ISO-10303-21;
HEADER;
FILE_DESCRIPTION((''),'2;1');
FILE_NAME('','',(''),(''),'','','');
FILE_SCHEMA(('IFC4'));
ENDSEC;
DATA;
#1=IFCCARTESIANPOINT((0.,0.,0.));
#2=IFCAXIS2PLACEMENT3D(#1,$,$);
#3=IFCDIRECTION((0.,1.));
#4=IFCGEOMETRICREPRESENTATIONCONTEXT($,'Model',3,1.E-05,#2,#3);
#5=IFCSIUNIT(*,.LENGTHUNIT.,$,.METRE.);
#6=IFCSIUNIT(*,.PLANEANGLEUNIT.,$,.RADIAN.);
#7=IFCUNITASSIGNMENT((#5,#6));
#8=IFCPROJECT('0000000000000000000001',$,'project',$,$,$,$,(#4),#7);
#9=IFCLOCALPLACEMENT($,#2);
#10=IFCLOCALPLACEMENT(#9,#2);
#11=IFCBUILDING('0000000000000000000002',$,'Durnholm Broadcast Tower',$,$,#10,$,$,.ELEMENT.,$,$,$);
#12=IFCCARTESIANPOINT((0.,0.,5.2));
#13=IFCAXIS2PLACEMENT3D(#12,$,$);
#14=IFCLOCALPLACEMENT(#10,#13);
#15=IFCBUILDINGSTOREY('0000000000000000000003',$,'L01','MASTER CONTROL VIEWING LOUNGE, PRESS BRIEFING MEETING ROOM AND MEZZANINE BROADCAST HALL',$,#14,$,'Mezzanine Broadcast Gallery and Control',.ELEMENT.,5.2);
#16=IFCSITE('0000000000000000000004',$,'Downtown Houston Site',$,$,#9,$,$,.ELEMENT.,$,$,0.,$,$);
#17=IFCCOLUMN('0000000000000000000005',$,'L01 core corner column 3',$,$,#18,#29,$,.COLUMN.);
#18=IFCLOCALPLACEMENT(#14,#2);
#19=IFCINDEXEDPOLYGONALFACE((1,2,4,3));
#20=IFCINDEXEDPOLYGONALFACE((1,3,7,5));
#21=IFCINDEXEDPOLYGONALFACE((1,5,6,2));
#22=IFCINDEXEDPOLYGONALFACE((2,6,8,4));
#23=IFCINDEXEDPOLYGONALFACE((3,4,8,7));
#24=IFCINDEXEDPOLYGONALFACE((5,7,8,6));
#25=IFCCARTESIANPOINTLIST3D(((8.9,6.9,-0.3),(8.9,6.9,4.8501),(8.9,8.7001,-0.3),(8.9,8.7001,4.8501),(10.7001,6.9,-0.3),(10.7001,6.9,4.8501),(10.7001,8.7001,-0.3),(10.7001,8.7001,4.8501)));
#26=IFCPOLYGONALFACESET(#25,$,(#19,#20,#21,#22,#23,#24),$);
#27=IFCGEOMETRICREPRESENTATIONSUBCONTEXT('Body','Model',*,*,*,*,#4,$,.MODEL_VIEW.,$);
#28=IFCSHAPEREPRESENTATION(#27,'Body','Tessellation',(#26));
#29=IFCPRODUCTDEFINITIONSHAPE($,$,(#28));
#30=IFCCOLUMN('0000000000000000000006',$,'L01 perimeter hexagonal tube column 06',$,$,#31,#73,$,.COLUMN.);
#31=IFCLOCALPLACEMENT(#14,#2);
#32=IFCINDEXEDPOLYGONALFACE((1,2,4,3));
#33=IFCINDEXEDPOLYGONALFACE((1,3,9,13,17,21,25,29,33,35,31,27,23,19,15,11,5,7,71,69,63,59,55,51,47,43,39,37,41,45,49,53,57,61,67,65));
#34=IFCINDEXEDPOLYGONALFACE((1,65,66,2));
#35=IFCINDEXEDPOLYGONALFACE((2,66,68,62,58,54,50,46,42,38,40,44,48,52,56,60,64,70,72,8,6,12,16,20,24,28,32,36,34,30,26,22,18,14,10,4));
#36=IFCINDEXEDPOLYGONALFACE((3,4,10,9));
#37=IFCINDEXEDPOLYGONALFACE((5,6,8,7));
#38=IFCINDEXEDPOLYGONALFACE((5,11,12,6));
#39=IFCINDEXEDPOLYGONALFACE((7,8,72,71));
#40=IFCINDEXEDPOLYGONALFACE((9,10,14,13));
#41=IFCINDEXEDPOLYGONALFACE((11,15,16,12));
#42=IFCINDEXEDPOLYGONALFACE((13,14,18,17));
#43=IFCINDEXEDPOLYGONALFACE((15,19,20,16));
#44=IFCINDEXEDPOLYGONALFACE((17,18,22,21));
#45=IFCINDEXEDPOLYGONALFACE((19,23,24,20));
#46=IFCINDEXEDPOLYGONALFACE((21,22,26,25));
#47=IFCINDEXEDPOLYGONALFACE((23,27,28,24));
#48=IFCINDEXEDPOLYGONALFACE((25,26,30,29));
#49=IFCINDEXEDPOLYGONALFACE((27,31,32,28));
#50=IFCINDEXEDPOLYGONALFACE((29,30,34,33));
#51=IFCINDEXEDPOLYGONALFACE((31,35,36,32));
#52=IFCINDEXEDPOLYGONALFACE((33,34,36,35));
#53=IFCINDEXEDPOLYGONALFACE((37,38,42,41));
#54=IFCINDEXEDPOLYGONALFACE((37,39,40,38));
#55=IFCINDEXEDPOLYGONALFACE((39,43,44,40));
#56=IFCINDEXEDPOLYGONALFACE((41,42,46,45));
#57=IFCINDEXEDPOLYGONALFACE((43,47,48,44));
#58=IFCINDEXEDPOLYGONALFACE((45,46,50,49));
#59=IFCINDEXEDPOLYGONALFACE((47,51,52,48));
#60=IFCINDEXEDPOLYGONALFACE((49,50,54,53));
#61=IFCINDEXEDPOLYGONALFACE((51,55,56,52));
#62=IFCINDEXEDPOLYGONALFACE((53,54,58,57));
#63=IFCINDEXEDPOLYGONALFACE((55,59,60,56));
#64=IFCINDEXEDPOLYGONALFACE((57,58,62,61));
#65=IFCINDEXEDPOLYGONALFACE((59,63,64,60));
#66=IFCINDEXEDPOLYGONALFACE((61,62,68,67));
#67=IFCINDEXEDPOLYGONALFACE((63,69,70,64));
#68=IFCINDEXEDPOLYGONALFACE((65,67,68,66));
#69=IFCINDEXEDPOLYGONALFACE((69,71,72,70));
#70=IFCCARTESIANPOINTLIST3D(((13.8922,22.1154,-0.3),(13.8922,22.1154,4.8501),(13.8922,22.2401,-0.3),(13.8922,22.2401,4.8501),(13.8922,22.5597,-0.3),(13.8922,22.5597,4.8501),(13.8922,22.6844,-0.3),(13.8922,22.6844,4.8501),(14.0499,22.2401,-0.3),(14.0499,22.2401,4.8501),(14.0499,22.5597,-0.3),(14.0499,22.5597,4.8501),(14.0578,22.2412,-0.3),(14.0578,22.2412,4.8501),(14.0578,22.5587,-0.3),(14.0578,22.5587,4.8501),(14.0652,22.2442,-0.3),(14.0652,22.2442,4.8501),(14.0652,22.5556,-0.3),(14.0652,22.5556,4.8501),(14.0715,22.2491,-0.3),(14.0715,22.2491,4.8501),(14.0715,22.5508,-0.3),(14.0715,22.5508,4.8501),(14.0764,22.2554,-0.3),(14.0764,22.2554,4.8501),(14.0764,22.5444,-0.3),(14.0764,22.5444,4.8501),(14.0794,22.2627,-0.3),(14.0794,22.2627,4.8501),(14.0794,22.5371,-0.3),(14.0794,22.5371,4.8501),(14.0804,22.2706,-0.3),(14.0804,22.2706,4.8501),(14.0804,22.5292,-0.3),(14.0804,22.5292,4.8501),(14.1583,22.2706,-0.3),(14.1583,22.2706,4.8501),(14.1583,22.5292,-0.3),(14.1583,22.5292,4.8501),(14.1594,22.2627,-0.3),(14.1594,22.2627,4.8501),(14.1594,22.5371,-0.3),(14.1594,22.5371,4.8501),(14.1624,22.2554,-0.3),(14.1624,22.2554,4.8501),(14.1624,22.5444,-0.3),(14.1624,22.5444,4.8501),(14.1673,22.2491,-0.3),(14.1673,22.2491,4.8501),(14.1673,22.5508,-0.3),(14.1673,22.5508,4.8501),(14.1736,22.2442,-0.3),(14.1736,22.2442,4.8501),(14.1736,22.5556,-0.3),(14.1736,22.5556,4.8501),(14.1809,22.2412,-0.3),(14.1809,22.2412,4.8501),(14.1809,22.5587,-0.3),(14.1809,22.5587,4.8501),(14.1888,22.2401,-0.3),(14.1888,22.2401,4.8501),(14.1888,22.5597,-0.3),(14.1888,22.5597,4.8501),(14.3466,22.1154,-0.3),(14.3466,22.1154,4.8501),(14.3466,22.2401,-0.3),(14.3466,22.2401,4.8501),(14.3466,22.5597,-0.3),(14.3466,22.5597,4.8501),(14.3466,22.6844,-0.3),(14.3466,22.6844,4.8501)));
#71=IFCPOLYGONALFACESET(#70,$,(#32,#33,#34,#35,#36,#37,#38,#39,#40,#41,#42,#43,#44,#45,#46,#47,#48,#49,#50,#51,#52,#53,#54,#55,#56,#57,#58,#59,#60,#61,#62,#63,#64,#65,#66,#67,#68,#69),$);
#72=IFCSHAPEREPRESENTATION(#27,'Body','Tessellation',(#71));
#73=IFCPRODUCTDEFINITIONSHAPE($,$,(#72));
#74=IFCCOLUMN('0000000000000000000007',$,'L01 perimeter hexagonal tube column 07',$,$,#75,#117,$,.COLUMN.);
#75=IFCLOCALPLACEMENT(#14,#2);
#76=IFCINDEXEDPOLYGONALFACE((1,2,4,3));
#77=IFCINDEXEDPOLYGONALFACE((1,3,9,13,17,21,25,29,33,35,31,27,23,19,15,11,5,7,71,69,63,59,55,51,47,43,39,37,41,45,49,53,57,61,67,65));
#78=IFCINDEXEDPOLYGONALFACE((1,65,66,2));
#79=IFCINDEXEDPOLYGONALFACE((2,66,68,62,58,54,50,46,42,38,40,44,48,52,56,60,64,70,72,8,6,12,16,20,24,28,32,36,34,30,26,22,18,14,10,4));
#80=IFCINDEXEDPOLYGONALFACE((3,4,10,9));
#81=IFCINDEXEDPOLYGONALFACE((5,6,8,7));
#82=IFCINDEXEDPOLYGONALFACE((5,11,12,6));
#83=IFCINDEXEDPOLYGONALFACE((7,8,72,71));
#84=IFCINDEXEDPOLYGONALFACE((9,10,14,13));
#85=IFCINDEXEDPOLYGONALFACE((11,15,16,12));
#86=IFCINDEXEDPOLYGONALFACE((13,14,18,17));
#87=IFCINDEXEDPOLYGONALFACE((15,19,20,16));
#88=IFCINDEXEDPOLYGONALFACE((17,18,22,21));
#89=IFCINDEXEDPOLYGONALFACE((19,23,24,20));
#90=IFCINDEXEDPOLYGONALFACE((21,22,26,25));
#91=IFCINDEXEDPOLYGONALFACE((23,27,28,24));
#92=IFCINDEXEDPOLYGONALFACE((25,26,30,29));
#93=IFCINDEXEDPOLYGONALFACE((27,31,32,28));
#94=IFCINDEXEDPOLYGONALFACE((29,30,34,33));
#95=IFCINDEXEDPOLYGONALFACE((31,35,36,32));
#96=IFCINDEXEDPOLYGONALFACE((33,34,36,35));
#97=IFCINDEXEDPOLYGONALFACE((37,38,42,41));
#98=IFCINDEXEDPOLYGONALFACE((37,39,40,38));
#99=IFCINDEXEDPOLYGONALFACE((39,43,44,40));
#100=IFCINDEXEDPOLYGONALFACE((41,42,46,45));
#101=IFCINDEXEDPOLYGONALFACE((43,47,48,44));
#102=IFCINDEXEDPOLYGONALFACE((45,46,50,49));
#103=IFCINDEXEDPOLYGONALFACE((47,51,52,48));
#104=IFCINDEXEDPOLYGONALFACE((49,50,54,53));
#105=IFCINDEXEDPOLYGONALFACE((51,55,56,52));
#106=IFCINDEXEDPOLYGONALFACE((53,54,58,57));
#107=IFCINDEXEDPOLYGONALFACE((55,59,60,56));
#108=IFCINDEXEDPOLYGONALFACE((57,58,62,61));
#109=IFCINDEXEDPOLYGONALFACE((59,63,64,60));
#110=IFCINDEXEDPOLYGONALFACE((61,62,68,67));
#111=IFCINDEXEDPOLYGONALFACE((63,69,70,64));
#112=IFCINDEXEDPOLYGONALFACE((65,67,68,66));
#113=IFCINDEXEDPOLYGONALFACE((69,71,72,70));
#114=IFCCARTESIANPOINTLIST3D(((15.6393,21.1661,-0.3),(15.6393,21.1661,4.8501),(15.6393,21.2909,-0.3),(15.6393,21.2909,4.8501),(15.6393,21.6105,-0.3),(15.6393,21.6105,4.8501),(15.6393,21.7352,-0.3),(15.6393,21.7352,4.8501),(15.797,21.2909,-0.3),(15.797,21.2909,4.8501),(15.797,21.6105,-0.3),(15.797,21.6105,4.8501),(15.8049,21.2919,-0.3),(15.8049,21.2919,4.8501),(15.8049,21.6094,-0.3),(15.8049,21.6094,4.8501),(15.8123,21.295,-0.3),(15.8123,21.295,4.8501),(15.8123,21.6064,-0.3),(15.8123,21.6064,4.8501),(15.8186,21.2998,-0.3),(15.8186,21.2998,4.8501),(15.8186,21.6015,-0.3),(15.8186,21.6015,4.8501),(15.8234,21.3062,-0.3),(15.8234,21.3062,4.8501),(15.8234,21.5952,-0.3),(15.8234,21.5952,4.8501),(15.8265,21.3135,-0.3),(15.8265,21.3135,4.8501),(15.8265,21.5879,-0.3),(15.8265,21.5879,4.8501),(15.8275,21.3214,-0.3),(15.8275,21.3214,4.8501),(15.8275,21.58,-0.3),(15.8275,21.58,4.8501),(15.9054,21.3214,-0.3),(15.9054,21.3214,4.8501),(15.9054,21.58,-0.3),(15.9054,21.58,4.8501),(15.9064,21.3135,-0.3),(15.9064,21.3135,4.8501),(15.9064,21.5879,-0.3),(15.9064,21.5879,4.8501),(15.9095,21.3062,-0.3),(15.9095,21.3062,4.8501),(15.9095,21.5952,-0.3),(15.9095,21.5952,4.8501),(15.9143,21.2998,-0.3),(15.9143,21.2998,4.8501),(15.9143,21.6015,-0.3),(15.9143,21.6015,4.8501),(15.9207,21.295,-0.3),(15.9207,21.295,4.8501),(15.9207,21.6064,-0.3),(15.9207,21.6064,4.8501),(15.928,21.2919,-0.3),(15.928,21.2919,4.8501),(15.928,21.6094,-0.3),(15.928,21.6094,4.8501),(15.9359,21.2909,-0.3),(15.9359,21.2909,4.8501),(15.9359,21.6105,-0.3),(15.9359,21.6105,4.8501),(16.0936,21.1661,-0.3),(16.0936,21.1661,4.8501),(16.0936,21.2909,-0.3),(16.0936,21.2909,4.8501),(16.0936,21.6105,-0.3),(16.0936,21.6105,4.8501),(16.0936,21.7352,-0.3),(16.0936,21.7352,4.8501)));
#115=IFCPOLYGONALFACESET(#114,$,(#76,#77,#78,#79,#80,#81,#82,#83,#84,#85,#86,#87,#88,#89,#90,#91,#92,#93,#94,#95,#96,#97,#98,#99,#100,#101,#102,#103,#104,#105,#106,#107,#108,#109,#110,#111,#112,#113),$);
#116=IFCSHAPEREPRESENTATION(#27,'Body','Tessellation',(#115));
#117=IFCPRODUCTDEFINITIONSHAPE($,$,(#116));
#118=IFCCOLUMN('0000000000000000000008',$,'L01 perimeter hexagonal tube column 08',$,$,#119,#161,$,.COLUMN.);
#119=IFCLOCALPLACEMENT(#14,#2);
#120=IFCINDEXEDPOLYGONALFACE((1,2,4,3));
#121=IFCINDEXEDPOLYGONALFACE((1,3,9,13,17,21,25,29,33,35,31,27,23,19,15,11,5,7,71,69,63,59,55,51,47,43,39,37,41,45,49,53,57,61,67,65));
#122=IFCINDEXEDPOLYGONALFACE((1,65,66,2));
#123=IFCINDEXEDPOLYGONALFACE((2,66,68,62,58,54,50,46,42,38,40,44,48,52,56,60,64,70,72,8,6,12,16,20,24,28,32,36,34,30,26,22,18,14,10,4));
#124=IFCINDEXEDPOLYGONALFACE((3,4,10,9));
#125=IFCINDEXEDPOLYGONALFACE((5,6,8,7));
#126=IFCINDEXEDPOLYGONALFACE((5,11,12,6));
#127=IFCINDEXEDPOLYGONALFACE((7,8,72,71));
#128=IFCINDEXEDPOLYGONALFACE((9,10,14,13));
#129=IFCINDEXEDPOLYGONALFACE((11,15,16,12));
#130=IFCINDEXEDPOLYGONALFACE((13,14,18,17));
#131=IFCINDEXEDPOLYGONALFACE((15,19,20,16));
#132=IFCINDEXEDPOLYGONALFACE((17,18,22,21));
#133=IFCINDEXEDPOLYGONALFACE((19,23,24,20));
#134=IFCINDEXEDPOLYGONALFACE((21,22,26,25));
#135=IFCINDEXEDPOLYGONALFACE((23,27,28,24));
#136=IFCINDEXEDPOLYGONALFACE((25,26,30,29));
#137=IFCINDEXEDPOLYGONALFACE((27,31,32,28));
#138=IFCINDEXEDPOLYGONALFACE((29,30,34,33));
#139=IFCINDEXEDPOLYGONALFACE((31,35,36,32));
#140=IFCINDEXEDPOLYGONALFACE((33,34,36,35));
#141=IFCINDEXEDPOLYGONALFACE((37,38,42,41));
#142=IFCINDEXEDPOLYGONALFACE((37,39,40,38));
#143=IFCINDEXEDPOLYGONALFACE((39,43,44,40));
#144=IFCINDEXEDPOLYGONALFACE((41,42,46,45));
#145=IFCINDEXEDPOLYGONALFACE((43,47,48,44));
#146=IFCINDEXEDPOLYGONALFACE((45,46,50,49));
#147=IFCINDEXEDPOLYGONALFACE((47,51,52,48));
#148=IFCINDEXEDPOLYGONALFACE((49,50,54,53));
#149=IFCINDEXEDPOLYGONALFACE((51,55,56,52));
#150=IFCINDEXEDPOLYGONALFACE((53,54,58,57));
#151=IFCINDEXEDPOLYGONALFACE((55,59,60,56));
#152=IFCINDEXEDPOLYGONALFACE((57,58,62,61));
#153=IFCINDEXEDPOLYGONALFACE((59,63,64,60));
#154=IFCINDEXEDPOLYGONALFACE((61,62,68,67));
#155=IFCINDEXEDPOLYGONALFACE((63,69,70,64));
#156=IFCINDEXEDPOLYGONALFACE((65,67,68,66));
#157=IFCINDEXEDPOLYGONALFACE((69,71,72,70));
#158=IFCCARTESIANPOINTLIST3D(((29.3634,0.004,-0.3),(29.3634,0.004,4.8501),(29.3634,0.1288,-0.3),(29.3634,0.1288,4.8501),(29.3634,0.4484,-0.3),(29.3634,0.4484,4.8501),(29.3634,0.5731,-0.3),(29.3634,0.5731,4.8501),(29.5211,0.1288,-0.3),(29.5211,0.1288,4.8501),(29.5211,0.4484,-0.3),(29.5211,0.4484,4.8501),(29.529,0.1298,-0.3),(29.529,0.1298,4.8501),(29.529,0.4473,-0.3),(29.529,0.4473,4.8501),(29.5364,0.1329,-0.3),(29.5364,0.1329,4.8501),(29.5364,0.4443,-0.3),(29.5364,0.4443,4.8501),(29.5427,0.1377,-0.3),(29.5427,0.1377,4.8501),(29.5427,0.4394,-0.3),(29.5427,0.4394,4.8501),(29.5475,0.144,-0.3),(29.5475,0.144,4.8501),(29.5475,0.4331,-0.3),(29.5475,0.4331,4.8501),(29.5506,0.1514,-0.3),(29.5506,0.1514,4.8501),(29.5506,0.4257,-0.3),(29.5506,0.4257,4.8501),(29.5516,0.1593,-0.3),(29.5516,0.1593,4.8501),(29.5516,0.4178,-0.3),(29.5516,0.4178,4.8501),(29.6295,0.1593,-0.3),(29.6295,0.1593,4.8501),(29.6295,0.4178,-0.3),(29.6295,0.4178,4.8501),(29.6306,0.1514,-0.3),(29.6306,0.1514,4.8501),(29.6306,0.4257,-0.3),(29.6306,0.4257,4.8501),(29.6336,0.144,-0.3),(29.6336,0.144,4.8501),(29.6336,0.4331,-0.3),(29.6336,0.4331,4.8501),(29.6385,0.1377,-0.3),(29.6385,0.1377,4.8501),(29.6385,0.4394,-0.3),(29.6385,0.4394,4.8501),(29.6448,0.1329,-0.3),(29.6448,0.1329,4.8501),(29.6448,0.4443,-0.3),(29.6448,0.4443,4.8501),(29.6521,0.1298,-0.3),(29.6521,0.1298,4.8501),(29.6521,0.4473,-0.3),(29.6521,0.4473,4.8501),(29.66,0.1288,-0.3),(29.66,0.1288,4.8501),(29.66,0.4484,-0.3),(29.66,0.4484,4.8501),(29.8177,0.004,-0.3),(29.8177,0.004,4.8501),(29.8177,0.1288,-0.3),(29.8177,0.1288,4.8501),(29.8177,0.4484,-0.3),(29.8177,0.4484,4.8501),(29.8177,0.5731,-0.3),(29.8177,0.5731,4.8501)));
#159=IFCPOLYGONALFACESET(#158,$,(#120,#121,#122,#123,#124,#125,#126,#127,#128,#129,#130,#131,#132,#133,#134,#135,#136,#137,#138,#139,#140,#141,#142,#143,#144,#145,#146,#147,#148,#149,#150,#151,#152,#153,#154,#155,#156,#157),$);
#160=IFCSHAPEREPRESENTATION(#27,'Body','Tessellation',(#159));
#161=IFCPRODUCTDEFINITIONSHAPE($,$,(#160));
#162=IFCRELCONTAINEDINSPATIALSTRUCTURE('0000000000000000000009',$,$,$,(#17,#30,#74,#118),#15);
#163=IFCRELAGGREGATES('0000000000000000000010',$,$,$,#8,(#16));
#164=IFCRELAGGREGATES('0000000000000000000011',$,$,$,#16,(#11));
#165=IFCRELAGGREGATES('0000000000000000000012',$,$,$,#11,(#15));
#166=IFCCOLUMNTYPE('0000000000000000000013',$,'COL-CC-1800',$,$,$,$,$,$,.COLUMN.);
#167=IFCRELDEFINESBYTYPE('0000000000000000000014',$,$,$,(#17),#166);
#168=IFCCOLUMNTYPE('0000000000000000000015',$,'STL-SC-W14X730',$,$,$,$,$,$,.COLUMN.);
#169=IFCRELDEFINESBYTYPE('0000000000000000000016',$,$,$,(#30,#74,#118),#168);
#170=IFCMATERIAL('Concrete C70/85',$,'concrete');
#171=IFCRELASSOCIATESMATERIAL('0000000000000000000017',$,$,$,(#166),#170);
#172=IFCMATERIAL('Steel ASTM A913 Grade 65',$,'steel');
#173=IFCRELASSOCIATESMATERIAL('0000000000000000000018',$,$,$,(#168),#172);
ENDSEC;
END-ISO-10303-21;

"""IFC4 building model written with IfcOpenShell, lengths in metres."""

from ifc_helpers import new_model, si_unit, direction, frame, origin, origin_2d, place, context, subcontext, project, spatial, rectangle, i_section, extrude, source, transform, mapped, material, material_profile, profile_set, type_object, type_shapes, element, save


model = new_model("IFC4")

# Units and contexts
model_context = context("Model", 3, precision=1e-05, world=origin(), true_north=direction((0.0, 1.0)))
body_context = subcontext(model_context, "Body", "Model", "MODEL_VIEW")
ifc_project = project(units=[si_unit("LENGTHUNIT", "METRE"), si_unit("PLANEANGLEUNIT", "RADIAN")], contexts=[model_context])

# Site, building, storey
site_placement = place(None, origin())
site = spatial("IfcSite", under=ifc_project, at=site_placement, Name="Downtown Houston Site", CompositionType="ELEMENT", RefElevation=0.0)
building_placement = place(site_placement, origin())
building = spatial("IfcBuilding", under=site, at=building_placement, Name="Durnholm Broadcast Tower", CompositionType="ELEMENT")
storey_placement = place(building_placement, frame((0.0, 0.0, 5.2)))
storey = spatial("IfcBuildingStorey", under=building, at=storey_placement, Name="L01", Description="MASTER CONTROL VIEWING LOUNGE, PRESS BRIEFING MEETING ROOM AND MEZZANINE BROADCAST HALL", LongName="Mezzanine Broadcast Gallery and Control", CompositionType="ELEMENT", Elevation=5.2)

# Columns
ifc_material_1 = material(Name="Concrete C70/85", Category="concrete")
ifc_material_profile_1 = material_profile(ifc_material_1, rectangle(XDim=1.8, YDim=1.8, at=origin_2d()), Name="RC1800X1800")
ifc_profile_set_1 = profile_set([ifc_material_profile_1], Name="Concrete C70/85")
column_type_1 = type_object("IfcColumnType", Name="COL-CC-1800", PredefinedType="COLUMN", material=ifc_profile_set_1)
shared_shape_1 = source(origin(), body_context, "Body", "SweptSolid", [
    extrude(rectangle(XDim=1.8, YDim=1.8, at=origin_2d()), origin(), (0.0, 0.0, 1.0), 5.1501),
])
type_shapes(column_type_1, [shared_shape_1])
column_placement = place(storey_placement, frame((9.8, 7.8, -0.3), z_axis=(0.0, 0.0, 1.0), x_axis=(1.0, 0.0, 0.0)))
element("IfcColumn", 1, at=column_placement, inside=storey, type_object=column_type_1, Name="L01 core corner column 3", PredefinedType="COLUMN", context=body_context, shape_type="MappedRepresentation", body=[
    mapped(shared_shape_1, transform((0.0, 0.0, 0.0), x_axis=(1.0, 0.0, 0.0), y_axis=(0.0, 1.0, 0.0), z_axis=(0.0, 0.0, 1.0), scale=1.0)),
])
ifc_material_2 = material(Name="Steel ASTM A913 Grade 65", Category="steel")
ifc_material_profile_2 = material_profile(ifc_material_2, i_section(OverallWidth=0.4543, OverallDepth=0.5691, WebThickness=0.0779, FlangeThickness=0.1248, FilletRadius=0.0305, at=origin_2d()), Name="W14X730")
ifc_profile_set_2 = profile_set([ifc_material_profile_2], Name="Steel ASTM A913 Grade 65")
column_type_2 = type_object("IfcColumnType", Name="STL-SC-W14X730", PredefinedType="COLUMN", material=ifc_profile_set_2)
shared_shape_2 = source(origin(), body_context, "Body", "SweptSolid", [
    extrude(i_section(OverallWidth=0.4543, OverallDepth=0.5691, WebThickness=0.0779, FlangeThickness=0.1248, FilletRadius=0.0305, at=origin_2d()), origin(), (0.0, 0.0, 1.0), 5.1501),
])
type_shapes(column_type_2, [shared_shape_2])
for number, where, z_axis, x_axis, name in (
    (2, (14.1194, 22.3999, -0.3), (0.0, 0.0, 1.0), (1.0, 0.0, 0.0), "L01 perimeter hexagonal tube column 06"),
    (3, (15.8665, 21.4507, -0.3), (0.0, 0.0, 1.0), (1.0, 0.0, 0.0), "L01 perimeter hexagonal tube column 07"),
    (4, (29.5906, 0.2886, -0.3), (0.0, 0.0, 1.0), (1.0, 0.0, 0.0), "L01 perimeter hexagonal tube column 08"),
):
    element("IfcColumn", number, at=place(storey_placement, frame(where, z_axis=z_axis, x_axis=x_axis)), inside=storey, type_object=column_type_2, Name=name, PredefinedType="COLUMN", context=body_context, shape_type="MappedRepresentation", body=[
        mapped(shared_shape_2, transform((0.0, 0.0, 0.0), x_axis=(1.0, 0.0, 0.0), y_axis=(0.0, 1.0, 0.0), z_axis=(0.0, 0.0, 1.0), scale=1.0)),
    ])

save(model, "model.ifc")
